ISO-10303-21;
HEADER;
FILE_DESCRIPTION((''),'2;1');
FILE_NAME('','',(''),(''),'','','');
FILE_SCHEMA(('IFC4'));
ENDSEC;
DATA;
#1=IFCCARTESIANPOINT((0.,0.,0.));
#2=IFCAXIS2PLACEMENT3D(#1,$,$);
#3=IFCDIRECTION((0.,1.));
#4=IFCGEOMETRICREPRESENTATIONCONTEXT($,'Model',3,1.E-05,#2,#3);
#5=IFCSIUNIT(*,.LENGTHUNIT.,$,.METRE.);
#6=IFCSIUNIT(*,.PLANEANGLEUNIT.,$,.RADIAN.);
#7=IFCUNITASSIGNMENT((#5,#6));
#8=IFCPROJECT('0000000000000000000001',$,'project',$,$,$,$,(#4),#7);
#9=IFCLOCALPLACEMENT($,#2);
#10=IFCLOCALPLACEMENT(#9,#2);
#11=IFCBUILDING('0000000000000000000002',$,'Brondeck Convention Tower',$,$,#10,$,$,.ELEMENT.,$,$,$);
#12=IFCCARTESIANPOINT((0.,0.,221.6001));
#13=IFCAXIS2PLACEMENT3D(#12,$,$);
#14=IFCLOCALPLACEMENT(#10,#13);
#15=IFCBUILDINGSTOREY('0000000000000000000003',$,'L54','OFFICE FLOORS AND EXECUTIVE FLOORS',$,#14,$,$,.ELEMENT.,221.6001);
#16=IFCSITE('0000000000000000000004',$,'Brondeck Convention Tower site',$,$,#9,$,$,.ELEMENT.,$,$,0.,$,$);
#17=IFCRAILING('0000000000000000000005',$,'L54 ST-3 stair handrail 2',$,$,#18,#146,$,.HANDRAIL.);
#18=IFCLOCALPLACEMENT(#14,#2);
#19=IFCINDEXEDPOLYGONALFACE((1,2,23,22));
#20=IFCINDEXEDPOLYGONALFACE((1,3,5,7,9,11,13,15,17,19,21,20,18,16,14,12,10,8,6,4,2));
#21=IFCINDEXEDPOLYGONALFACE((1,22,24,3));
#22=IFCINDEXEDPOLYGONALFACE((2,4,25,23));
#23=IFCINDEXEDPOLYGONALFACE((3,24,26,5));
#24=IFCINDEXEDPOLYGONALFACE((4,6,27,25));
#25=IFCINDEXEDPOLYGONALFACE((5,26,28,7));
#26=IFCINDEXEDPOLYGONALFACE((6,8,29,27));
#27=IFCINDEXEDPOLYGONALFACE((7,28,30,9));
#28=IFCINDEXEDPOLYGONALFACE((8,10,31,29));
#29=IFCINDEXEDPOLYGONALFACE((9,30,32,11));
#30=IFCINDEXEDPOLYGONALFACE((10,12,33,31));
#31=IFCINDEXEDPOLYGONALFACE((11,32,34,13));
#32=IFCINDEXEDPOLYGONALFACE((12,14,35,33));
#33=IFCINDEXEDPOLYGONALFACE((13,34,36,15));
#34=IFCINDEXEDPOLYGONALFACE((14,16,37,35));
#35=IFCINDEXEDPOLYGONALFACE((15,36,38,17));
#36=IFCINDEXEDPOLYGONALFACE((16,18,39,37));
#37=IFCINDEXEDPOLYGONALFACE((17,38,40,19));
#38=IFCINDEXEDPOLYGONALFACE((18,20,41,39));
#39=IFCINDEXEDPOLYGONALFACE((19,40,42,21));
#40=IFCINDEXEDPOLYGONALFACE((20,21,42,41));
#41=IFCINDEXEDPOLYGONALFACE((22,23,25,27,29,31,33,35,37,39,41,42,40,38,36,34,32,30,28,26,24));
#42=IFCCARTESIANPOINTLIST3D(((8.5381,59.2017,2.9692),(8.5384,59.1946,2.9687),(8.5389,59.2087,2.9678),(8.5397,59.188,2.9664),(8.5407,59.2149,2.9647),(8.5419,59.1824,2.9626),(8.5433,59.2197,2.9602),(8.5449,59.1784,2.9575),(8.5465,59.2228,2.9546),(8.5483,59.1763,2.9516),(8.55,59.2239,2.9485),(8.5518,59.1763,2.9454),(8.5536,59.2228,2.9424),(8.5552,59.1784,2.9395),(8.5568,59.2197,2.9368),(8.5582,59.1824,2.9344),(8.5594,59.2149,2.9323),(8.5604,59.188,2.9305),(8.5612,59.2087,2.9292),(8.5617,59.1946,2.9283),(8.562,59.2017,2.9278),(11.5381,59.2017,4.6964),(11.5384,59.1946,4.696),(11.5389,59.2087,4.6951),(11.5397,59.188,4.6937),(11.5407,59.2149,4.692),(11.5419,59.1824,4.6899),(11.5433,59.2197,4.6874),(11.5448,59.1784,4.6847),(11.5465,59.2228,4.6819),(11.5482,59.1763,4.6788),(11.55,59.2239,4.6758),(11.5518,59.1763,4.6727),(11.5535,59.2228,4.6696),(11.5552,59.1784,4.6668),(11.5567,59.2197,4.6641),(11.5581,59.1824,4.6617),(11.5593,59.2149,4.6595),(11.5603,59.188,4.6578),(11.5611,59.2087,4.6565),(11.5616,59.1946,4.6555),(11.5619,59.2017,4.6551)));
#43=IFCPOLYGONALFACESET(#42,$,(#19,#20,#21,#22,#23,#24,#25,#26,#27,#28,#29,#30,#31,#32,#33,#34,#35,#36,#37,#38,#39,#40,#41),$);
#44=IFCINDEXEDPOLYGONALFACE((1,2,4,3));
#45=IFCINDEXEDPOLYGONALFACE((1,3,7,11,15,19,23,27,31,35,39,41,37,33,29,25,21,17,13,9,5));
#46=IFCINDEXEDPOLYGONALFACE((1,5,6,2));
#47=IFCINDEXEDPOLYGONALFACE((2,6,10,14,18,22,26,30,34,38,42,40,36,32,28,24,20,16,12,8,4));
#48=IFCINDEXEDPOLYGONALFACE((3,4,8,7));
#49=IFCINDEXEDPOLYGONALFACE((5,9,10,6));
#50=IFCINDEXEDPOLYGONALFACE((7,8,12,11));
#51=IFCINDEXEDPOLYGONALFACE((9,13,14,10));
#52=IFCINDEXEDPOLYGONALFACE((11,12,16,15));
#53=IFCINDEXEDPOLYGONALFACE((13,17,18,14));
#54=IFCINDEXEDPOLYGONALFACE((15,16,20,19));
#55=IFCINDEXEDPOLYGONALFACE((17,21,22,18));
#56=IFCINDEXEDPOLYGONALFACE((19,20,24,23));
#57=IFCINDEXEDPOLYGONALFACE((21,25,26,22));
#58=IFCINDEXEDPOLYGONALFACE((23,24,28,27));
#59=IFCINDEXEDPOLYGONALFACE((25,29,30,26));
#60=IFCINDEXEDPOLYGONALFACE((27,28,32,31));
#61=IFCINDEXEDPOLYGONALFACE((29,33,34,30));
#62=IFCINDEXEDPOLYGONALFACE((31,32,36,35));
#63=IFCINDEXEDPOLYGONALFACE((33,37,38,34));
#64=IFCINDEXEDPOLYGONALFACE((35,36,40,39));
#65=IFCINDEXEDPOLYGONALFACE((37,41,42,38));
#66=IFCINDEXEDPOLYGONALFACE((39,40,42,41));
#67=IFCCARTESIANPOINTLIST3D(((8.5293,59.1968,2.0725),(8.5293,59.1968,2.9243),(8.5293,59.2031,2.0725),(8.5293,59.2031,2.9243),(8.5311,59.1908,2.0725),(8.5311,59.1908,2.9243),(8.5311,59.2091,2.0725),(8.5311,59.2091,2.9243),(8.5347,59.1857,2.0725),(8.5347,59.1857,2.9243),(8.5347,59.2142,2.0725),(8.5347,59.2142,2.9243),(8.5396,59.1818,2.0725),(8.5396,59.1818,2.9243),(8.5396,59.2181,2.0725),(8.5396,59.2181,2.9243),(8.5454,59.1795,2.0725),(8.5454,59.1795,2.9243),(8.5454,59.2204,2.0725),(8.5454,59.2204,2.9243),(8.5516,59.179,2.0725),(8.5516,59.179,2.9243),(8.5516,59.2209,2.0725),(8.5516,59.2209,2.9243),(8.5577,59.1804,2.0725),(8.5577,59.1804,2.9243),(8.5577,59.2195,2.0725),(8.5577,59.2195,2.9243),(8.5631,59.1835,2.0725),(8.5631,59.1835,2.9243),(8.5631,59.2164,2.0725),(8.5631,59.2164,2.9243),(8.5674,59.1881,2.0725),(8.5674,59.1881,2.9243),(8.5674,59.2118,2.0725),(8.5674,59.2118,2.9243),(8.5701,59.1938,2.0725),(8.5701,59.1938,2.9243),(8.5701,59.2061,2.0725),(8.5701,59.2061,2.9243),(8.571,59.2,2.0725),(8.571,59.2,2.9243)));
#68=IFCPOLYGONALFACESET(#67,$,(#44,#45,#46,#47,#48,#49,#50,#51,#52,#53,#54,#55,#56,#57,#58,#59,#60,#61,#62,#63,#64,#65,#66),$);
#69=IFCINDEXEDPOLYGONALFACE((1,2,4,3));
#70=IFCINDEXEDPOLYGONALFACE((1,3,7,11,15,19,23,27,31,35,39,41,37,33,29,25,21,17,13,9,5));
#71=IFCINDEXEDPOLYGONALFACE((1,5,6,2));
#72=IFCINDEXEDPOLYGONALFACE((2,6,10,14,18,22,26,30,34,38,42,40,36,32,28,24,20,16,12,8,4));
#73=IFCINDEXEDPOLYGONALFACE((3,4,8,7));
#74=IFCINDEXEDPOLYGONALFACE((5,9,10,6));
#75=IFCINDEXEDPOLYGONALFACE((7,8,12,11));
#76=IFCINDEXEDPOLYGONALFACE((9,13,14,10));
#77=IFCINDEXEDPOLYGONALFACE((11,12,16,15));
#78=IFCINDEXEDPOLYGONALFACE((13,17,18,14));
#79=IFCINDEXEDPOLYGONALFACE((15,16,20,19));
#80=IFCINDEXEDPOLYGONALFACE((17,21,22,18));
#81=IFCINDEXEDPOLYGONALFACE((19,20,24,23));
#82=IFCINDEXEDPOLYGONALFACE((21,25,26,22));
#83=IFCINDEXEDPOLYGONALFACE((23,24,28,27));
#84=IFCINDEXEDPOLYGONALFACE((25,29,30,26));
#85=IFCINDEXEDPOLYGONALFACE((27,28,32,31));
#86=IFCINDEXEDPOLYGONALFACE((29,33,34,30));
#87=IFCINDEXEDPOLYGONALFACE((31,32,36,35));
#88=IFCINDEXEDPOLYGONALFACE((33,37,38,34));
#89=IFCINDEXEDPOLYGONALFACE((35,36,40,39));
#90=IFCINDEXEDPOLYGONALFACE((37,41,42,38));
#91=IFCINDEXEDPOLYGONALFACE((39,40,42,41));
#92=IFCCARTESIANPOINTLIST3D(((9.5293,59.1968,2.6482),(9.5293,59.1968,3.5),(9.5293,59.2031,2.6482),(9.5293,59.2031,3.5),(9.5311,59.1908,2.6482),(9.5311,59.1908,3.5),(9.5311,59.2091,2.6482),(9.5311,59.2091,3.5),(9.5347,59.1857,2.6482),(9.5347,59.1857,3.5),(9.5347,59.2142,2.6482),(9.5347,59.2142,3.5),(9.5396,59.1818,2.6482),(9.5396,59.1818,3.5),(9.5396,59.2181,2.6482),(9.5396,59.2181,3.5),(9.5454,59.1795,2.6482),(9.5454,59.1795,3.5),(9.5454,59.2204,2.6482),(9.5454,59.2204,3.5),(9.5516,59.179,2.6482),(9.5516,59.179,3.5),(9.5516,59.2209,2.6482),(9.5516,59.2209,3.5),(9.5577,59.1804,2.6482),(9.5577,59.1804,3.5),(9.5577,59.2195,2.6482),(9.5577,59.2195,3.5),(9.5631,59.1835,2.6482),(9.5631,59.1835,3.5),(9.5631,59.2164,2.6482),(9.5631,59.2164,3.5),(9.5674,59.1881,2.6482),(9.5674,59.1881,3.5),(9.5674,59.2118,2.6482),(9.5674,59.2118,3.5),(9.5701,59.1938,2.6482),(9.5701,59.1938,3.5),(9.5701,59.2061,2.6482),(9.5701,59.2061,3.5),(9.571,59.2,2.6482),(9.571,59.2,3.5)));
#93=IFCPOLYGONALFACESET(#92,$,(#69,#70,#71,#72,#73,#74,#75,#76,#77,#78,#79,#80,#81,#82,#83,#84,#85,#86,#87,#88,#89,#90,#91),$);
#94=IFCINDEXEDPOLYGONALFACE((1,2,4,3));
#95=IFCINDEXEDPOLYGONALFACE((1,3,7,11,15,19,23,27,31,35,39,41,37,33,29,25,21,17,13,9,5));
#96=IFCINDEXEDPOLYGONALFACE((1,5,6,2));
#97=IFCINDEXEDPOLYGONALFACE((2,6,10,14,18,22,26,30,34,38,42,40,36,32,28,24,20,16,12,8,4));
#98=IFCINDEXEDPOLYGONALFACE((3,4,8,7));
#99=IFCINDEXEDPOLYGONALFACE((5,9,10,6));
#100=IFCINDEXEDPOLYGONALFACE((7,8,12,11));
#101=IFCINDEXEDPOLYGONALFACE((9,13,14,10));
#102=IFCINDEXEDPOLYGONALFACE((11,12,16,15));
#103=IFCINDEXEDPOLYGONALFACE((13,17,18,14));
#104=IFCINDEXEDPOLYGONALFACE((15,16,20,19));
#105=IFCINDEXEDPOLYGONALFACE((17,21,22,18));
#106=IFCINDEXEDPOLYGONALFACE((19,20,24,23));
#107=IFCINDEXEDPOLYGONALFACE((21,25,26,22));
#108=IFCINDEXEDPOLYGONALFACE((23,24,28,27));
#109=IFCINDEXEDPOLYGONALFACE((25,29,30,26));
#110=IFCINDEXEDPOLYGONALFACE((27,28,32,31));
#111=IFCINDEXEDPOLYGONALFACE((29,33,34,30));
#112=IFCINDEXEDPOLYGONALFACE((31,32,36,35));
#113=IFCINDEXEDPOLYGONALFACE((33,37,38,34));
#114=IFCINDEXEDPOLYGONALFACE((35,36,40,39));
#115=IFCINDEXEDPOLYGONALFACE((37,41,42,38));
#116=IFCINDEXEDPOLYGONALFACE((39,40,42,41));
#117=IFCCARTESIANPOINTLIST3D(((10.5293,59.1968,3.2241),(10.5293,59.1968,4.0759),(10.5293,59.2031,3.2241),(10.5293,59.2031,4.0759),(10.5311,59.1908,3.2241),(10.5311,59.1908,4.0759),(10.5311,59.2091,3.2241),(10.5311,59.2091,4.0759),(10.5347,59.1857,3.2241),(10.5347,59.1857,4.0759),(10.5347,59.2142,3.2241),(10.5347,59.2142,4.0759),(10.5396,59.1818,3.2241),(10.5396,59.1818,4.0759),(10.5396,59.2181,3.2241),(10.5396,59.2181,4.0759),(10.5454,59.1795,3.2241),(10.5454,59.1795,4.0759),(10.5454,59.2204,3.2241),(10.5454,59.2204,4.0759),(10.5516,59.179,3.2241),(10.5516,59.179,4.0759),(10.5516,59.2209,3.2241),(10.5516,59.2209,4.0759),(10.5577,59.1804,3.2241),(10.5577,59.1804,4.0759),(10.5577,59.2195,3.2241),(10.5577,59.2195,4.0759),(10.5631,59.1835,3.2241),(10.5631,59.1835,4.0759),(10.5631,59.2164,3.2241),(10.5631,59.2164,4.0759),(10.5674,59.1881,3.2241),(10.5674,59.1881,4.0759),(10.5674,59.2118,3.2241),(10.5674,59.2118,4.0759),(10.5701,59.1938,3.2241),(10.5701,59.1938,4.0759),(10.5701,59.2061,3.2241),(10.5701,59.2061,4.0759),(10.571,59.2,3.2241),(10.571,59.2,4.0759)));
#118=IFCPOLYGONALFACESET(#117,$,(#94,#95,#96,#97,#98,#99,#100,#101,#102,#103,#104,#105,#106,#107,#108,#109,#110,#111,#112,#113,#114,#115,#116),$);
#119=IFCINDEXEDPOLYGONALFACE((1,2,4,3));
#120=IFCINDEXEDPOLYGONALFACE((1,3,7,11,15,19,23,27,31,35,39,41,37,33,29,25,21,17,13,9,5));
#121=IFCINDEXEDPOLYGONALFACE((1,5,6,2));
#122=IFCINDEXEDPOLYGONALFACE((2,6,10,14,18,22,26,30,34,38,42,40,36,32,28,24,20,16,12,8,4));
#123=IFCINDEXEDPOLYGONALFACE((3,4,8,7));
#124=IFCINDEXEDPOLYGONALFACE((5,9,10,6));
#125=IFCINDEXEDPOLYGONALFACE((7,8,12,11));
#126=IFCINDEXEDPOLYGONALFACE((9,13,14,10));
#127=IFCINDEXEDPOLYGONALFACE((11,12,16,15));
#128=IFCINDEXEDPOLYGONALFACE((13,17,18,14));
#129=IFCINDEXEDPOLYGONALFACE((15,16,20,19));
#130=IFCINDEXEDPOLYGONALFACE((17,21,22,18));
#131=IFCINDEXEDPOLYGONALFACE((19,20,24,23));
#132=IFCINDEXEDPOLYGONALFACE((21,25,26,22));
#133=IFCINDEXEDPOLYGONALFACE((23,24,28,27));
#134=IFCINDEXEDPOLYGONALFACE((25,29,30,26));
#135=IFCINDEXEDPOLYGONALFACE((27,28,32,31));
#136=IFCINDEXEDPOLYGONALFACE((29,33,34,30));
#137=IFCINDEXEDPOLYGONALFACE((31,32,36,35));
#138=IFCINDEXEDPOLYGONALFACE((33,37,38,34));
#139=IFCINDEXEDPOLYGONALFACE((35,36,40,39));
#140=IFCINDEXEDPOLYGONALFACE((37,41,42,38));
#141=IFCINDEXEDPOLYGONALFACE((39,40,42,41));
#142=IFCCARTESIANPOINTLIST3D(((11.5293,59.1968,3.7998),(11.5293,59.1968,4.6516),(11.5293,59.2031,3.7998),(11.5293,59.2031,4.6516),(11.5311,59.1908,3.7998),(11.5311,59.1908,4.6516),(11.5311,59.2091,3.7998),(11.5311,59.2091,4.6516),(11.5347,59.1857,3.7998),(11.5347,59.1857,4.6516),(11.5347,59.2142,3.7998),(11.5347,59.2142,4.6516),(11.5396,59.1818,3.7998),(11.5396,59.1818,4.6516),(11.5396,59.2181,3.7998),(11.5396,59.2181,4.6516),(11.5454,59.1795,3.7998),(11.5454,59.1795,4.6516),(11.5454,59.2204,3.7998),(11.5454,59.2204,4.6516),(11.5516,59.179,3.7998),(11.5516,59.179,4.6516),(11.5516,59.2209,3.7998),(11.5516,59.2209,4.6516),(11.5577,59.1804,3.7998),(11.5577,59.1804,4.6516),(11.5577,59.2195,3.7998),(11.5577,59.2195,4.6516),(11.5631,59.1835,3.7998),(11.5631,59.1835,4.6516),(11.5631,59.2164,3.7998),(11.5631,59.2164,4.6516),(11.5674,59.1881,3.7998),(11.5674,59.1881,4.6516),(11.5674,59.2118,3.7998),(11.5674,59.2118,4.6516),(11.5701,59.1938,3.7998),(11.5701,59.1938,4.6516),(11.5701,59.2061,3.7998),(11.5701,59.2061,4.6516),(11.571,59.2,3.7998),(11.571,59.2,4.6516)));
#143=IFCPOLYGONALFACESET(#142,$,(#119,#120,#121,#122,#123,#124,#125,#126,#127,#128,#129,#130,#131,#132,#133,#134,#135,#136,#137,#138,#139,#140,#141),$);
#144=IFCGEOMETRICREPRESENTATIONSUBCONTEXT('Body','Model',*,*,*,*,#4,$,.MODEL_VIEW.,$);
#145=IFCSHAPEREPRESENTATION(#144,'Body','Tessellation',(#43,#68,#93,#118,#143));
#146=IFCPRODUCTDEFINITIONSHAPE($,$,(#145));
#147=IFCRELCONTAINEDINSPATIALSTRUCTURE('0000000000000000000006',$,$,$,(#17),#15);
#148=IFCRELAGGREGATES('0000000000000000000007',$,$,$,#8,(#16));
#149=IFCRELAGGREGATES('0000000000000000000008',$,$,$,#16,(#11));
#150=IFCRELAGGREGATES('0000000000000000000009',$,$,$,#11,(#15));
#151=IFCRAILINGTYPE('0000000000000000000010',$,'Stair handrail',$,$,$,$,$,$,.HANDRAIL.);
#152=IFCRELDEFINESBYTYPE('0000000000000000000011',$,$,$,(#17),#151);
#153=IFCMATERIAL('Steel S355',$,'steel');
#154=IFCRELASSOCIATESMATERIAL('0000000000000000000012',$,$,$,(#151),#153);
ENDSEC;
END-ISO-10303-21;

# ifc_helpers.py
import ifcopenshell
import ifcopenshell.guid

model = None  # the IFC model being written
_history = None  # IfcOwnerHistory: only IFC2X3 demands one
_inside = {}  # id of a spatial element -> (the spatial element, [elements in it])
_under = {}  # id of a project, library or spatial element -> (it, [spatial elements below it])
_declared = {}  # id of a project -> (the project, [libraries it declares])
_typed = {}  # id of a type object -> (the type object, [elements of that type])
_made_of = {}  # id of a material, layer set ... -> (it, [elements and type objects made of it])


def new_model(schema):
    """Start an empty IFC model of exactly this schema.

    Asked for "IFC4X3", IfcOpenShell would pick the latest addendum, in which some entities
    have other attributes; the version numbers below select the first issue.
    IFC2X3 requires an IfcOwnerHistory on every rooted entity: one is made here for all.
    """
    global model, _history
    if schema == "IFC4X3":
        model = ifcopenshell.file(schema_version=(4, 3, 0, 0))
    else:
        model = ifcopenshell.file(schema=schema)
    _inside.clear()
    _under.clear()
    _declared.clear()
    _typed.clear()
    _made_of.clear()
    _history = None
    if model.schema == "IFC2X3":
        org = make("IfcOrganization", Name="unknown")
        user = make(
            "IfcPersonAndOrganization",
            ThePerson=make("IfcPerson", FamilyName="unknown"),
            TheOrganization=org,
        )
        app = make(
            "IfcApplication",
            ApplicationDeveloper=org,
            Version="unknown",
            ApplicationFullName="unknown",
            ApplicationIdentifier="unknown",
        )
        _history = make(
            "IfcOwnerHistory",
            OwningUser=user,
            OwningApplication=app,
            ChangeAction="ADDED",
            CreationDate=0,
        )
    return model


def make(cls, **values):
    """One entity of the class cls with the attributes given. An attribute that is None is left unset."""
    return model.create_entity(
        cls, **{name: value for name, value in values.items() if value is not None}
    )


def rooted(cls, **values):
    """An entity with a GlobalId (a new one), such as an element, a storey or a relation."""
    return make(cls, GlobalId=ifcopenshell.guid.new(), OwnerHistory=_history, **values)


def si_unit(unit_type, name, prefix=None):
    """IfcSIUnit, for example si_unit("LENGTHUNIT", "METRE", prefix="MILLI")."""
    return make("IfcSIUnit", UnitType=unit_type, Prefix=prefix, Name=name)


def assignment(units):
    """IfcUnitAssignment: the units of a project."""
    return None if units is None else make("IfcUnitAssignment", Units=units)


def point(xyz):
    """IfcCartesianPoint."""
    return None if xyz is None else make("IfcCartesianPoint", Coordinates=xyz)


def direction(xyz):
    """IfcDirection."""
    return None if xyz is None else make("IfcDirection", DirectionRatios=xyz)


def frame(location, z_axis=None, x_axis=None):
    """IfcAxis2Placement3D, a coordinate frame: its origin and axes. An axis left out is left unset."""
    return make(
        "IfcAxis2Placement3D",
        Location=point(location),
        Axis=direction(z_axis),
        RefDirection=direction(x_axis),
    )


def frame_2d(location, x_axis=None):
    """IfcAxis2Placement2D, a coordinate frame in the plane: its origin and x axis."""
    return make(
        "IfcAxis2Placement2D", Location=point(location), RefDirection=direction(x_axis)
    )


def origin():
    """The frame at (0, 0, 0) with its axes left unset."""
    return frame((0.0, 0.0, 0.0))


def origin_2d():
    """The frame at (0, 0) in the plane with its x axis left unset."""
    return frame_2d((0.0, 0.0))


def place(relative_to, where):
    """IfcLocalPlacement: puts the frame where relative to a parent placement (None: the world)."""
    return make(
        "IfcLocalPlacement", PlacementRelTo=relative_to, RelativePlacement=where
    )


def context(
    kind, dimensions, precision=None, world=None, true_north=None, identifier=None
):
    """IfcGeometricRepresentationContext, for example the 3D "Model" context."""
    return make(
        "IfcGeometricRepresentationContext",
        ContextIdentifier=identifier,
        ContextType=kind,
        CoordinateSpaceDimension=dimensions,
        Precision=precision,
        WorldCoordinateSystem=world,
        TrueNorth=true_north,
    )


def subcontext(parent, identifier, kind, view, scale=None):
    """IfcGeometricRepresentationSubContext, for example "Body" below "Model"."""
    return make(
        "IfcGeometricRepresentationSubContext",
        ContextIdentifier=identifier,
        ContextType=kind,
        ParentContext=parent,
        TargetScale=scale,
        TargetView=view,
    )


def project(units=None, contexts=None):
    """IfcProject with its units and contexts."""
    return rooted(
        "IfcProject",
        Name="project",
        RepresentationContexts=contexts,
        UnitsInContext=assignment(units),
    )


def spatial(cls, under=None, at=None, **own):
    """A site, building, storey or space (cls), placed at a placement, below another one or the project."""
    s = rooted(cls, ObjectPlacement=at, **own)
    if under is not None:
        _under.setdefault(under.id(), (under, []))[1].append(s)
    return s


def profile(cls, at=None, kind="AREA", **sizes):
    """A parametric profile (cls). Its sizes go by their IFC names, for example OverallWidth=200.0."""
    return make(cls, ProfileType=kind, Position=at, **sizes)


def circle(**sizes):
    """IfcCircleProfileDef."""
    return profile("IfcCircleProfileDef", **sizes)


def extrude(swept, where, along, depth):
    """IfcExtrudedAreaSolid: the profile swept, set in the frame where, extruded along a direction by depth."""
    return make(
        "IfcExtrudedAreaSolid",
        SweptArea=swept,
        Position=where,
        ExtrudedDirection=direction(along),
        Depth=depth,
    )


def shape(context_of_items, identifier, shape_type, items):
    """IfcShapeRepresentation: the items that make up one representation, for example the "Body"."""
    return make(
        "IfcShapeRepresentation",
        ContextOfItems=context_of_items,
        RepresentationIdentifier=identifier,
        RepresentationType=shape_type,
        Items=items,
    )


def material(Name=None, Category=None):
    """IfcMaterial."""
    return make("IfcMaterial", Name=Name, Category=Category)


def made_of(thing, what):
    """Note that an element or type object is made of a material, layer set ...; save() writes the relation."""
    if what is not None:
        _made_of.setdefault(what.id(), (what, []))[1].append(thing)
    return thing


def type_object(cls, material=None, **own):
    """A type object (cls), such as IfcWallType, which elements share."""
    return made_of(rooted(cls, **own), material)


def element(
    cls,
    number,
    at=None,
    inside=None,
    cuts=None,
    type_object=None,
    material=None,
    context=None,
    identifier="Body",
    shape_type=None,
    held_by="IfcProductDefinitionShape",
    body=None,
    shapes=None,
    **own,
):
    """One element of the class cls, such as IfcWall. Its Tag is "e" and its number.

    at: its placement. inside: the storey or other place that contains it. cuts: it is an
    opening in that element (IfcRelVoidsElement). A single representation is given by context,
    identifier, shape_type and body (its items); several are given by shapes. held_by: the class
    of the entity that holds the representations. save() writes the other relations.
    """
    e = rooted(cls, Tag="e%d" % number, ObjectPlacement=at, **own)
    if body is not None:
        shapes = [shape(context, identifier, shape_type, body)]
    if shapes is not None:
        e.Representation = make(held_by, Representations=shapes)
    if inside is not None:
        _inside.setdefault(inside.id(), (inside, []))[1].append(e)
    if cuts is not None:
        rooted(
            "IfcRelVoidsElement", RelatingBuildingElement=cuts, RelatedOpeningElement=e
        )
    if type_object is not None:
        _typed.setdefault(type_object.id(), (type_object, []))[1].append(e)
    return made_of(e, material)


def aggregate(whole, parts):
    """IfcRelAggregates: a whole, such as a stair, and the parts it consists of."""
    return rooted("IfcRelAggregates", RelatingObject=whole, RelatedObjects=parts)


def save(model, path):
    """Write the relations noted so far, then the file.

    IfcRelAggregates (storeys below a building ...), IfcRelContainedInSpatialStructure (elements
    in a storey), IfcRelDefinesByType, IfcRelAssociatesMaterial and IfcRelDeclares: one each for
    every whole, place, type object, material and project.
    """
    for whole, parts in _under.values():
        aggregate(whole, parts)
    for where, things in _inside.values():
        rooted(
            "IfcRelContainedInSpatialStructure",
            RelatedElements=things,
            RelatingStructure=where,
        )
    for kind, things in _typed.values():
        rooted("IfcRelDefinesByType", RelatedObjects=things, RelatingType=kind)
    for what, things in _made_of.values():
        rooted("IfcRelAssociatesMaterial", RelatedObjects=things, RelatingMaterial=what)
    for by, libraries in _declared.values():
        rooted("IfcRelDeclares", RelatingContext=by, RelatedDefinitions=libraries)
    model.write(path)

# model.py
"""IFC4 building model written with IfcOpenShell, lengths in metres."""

from ifc_helpers import new_model, si_unit, direction, frame, origin, origin_2d, place, context, subcontext, project, spatial, circle, extrude, material, type_object, element, save


model = new_model("IFC4")

# Units and contexts
model_context = context("Model", 3, precision=1e-05, world=origin(), true_north=direction((0.0, 1.0)))
body_context = subcontext(model_context, "Body", "Model", "MODEL_VIEW")
ifc_project = project(units=[si_unit("LENGTHUNIT", "METRE"), si_unit("PLANEANGLEUNIT", "RADIAN")], contexts=[model_context])

# Site, building, storey
site_placement = place(None, origin())
site = spatial("IfcSite", under=ifc_project, at=site_placement, Name="Brondeck Convention Tower site", CompositionType="ELEMENT", RefElevation=0.0)
building_placement = place(site_placement, origin())
building = spatial("IfcBuilding", under=site, at=building_placement, Name="Brondeck Convention Tower", CompositionType="ELEMENT")
storey_placement = place(building_placement, frame((0.0, 0.0, 221.6001)))
storey = spatial("IfcBuildingStorey", under=building, at=storey_placement, Name="L54", Description="OFFICE FLOORS AND EXECUTIVE FLOORS", CompositionType="ELEMENT", Elevation=221.6001)

# Railing
ifc_material_1 = material(Name="Steel S355", Category="steel")
railing_type_1 = type_object("IfcRailingType", Name="Stair handrail", PredefinedType="HANDRAIL", material=ifc_material_1)
railing_1_placement = place(storey_placement, frame((8.55, 59.2, 2.0725)))
element("IfcRailing", 1, at=railing_1_placement, inside=storey, type_object=railing_type_1, Name="L54 ST-3 stair handrail 2", PredefinedType="HANDRAIL", context=body_context, shape_type="SweptSolid", body=[
    extrude(circle(Radius=0.0239, at=origin_2d()), frame((0.0, 0.0, 0.876), z_axis=(0.86662, 0.0, 0.498969), x_axis=(0.0, 1.0, 0.0)), (0.0, 0.0, 1.0), 3.4617),
    extrude(circle(Radius=0.021, at=origin_2d()), origin(), (0.0, 0.0, 1.0), 0.8518),
    extrude(circle(Radius=0.021, at=origin_2d()), frame((1.0, 0.0, 0.5757)), (0.0, 0.0, 1.0), 0.8518),
    extrude(circle(Radius=0.021, at=origin_2d()), frame((2.0, 0.0, 1.1516)), (0.0, 0.0, 1.0), 0.8518),
    extrude(circle(Radius=0.021, at=origin_2d()), frame((3.0, 0.0, 1.7273)), (0.0, 0.0, 1.0), 0.8518),
])

save(model, "model.ifc")
